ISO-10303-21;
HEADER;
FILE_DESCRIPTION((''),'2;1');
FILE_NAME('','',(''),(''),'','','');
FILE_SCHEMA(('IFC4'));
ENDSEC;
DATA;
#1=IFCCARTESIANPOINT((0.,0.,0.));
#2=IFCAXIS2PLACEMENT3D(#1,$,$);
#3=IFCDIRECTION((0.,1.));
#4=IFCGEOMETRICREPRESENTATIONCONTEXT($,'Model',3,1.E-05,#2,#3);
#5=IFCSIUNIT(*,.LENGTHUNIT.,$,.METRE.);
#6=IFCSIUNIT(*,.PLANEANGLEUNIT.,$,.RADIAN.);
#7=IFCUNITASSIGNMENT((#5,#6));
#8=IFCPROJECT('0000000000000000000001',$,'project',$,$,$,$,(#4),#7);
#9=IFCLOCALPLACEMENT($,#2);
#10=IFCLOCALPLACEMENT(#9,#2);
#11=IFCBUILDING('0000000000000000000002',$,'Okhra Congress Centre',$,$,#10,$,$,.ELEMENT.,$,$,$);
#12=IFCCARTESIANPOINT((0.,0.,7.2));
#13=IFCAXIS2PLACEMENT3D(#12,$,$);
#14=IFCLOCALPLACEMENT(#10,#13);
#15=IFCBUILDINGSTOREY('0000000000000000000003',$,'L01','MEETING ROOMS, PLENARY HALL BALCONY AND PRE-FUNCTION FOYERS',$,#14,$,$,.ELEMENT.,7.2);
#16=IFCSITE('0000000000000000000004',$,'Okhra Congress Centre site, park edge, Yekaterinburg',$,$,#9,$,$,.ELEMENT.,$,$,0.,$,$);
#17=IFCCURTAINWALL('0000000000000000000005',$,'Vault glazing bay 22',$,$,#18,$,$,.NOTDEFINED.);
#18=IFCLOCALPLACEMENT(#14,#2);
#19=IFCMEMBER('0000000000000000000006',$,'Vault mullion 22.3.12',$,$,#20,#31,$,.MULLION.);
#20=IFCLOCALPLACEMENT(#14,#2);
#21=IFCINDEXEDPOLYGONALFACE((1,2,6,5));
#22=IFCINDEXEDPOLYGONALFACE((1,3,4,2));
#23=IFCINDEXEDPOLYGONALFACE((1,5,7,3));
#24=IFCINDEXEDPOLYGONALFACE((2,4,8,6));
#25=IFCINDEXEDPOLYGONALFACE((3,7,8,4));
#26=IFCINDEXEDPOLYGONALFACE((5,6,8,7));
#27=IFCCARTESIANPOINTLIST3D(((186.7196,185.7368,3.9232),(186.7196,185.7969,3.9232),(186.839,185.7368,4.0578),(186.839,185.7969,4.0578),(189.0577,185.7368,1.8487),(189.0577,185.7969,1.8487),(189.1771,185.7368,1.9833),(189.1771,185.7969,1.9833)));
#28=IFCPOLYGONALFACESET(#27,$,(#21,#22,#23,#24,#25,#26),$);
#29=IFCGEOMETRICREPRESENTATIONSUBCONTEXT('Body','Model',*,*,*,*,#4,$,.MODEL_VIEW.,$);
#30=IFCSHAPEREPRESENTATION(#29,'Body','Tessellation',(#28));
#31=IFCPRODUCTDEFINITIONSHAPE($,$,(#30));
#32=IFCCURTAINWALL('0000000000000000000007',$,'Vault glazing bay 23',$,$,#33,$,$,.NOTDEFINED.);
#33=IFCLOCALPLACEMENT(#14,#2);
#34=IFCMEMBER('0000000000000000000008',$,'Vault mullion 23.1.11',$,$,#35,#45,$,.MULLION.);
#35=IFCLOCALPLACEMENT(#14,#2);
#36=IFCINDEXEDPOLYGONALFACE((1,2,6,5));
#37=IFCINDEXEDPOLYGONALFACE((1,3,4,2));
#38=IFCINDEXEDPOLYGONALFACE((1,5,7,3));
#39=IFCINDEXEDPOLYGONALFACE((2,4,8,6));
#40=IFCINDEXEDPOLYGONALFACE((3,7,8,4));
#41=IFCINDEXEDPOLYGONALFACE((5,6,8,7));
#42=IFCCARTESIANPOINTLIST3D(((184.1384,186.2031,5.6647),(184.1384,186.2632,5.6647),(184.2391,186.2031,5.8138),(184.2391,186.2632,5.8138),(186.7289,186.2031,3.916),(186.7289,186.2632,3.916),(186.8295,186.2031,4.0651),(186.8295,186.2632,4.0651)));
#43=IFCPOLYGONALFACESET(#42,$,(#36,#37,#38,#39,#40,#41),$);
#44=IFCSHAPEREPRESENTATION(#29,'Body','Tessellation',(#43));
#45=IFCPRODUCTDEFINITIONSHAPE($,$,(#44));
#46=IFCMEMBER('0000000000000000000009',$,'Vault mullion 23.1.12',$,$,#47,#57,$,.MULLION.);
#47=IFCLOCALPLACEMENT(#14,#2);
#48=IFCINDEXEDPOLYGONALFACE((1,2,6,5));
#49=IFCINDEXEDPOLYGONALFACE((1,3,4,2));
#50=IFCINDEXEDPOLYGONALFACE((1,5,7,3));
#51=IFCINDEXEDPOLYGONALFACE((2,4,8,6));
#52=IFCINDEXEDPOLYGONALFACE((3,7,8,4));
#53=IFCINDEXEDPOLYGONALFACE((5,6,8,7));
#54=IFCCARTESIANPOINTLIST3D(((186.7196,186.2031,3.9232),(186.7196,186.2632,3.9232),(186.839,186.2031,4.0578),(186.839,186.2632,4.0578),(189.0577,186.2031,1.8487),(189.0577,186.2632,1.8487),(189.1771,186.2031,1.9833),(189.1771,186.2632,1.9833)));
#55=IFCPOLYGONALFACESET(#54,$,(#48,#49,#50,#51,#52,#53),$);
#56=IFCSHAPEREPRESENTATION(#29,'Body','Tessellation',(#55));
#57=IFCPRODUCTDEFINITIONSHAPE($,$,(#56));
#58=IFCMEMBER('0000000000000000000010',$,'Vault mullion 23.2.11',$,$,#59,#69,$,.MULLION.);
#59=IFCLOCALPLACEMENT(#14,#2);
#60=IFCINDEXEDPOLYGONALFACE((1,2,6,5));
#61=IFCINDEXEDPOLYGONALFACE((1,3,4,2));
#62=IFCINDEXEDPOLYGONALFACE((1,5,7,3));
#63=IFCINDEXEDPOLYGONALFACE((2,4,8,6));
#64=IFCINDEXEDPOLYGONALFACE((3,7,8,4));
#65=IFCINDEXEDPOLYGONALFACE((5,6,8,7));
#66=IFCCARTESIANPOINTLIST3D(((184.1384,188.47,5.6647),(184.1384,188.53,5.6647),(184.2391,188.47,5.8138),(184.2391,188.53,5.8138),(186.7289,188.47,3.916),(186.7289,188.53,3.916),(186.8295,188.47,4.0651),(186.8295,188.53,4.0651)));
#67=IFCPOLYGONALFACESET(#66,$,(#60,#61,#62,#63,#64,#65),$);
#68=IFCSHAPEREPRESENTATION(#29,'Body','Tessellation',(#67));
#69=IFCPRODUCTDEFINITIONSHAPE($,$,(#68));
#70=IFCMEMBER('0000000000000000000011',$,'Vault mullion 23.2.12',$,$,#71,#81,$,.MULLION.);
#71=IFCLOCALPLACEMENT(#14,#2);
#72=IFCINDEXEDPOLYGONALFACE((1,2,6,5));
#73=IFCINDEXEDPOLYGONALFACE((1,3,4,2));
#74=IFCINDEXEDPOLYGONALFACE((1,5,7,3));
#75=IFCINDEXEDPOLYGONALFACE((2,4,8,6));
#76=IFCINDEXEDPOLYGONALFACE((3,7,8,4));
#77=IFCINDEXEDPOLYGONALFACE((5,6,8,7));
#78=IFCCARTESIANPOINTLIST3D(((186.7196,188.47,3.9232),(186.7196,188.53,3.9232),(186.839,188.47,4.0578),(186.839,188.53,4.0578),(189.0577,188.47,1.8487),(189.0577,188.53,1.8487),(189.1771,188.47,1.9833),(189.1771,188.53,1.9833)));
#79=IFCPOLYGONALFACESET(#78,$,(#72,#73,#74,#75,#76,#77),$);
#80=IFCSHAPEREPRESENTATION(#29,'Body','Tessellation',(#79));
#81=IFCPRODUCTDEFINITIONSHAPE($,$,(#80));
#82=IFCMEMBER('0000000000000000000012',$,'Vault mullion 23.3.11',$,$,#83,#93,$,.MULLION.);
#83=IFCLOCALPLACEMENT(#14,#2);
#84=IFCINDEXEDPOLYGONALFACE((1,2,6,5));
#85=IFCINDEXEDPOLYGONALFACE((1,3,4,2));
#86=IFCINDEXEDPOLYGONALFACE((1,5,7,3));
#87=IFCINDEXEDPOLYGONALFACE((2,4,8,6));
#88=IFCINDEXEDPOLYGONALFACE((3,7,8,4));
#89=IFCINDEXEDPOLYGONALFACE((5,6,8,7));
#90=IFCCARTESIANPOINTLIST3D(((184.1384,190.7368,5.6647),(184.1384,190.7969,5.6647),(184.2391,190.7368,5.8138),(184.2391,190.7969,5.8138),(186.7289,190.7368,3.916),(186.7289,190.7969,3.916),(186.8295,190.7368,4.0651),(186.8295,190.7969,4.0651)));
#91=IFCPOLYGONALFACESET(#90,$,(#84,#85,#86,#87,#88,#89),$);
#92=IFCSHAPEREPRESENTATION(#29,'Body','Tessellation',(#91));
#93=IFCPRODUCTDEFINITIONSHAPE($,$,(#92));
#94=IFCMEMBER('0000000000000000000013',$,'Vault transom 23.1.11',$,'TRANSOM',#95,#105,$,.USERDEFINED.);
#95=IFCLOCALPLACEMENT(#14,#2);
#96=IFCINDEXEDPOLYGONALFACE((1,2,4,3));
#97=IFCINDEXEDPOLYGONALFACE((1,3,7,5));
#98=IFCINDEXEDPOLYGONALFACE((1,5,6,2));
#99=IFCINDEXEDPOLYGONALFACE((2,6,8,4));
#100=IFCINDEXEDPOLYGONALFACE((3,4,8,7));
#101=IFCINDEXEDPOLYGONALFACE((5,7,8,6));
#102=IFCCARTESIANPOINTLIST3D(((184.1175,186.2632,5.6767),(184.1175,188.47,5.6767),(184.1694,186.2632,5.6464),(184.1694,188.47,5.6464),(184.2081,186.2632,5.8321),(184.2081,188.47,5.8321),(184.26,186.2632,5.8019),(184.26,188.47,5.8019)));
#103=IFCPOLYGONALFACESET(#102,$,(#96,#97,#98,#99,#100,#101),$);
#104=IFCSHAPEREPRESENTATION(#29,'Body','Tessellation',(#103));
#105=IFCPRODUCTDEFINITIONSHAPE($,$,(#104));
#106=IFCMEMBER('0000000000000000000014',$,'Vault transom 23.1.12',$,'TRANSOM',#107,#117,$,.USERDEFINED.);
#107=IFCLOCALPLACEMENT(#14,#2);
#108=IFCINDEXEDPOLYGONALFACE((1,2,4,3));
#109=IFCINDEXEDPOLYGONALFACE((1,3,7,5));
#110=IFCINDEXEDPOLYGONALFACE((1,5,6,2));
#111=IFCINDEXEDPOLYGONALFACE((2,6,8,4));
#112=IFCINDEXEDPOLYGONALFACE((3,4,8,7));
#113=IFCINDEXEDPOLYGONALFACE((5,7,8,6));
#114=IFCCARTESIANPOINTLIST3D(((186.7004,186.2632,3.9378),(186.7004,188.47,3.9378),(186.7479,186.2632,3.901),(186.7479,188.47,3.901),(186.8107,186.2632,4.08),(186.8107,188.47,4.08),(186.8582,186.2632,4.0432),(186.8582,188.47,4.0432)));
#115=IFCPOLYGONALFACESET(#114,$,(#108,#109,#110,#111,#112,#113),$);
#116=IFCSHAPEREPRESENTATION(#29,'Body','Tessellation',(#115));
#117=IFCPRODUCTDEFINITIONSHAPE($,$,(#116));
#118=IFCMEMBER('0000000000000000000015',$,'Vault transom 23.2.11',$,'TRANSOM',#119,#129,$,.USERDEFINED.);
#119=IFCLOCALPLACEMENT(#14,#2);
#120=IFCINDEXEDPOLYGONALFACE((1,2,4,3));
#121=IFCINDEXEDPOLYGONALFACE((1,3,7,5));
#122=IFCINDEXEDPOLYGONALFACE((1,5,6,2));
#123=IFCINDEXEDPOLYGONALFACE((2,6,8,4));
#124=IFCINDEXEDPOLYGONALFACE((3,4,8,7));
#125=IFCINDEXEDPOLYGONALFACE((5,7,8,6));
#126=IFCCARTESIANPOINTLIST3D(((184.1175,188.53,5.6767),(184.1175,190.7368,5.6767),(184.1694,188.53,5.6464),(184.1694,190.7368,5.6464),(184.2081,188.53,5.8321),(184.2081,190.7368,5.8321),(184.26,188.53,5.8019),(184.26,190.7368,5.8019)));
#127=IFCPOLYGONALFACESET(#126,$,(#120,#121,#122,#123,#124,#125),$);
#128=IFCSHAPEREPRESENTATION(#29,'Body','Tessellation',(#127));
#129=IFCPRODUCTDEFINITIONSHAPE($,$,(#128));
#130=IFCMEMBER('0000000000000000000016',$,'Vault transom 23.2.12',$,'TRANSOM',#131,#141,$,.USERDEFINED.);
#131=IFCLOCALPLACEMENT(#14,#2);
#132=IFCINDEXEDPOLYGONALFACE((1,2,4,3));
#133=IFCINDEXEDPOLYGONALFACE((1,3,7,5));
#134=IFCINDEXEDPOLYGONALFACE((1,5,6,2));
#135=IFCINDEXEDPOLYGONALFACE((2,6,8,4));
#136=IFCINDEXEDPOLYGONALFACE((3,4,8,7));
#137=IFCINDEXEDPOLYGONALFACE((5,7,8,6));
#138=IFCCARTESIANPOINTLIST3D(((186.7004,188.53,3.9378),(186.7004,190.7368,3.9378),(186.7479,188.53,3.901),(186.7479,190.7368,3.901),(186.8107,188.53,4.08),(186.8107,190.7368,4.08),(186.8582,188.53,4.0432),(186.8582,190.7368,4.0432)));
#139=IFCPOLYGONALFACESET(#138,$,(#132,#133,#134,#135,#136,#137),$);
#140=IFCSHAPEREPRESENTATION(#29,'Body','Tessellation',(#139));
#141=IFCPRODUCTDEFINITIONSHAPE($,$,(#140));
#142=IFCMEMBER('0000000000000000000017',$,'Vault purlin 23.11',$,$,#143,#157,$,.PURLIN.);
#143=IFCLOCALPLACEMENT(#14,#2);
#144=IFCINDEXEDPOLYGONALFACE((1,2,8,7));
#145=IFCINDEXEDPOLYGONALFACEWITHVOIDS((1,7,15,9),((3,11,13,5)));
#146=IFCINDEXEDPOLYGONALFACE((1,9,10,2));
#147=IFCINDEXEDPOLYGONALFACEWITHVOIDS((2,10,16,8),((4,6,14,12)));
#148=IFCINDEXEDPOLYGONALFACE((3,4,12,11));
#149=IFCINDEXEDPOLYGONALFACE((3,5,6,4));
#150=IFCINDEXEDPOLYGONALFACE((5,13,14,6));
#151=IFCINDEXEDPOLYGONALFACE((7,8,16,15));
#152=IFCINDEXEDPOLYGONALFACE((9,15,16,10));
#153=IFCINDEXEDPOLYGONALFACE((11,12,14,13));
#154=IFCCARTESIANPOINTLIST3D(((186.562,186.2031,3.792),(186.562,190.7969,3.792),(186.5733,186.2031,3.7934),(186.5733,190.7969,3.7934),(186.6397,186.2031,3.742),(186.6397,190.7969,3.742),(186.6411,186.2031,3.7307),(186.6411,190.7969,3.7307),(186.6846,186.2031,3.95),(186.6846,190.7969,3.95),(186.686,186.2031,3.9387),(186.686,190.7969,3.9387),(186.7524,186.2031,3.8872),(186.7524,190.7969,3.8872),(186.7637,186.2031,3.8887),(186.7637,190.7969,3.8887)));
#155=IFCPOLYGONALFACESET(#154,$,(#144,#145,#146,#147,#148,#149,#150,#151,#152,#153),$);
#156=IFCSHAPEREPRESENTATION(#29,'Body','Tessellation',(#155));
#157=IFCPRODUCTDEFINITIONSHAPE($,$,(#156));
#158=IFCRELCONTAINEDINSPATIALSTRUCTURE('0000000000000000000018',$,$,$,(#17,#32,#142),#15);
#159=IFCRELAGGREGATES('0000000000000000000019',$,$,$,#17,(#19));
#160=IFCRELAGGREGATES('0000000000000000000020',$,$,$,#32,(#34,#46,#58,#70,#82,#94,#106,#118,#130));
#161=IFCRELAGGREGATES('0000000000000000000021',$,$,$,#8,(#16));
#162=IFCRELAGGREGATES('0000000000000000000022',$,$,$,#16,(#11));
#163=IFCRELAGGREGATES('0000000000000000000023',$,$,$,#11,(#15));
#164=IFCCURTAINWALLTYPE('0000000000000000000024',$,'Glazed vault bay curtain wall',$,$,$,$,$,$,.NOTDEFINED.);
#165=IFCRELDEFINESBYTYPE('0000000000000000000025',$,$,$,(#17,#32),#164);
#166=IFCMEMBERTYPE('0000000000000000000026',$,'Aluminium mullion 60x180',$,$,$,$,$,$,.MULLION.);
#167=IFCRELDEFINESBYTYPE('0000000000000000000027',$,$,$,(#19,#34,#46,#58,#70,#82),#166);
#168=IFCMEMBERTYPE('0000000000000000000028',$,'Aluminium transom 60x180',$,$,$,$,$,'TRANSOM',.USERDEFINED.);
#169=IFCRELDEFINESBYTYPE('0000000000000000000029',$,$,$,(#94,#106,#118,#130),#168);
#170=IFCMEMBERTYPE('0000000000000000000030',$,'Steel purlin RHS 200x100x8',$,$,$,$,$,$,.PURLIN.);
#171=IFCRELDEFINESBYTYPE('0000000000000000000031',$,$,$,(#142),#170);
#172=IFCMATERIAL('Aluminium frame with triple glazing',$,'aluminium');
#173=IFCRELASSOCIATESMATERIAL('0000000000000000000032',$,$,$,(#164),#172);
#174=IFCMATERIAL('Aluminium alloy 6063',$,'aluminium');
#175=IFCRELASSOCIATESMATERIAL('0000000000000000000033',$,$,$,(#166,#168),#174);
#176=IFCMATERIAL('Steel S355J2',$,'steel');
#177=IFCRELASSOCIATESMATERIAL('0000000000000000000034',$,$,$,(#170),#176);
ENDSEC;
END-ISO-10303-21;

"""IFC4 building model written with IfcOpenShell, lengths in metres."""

from ifc_helpers import new_model, si_unit, direction, frame, origin, origin_2d, place, context, subcontext, project, spatial, rectangle, hollow_rectangle, extrude, material, material_profile, profile_set, type_object, element, aggregate, save


model = new_model("IFC4")

# Units and contexts
model_context = context("Model", 3, precision=1e-05, world=origin(), true_north=direction((0.0, 1.0)))
body_context = subcontext(model_context, "Body", "Model", "MODEL_VIEW")
ifc_project = project(units=[si_unit("LENGTHUNIT", "METRE"), si_unit("PLANEANGLEUNIT", "RADIAN")], contexts=[model_context])

# Site, building, storey
site_placement = place(None, origin())
site = spatial("IfcSite", under=ifc_project, at=site_placement, Name="Okhra Congress Centre site, park edge, Yekaterinburg", CompositionType="ELEMENT", RefElevation=0.0)
building_placement = place(site_placement, origin())
building = spatial("IfcBuilding", under=site, at=building_placement, Name="Okhra Congress Centre", CompositionType="ELEMENT")
storey_placement = place(building_placement, frame((0.0, 0.0, 7.2)))
storey = spatial("IfcBuildingStorey", under=building, at=storey_placement, Name="L01", Description="MEETING ROOMS, PLENARY HALL BALCONY AND PRE-FUNCTION FOYERS", CompositionType="ELEMENT", Elevation=7.2)

# Curtain wall, member
ifc_material_1 = material(Name="Aluminium frame with triple glazing", Category="aluminium")
curtain_wall_type = type_object("IfcCurtainWallType", Name="Glazed vault bay curtain wall", PredefinedType="NOTDEFINED", material=ifc_material_1)
curtain_wall_1_placement = place(storey_placement, origin())
curtain_wall_1 = element("IfcCurtainWall", 1, at=curtain_wall_1_placement, inside=storey, type_object=curtain_wall_type, Name="Vault glazing bay 22", PredefinedType="NOTDEFINED")
ifc_material_2 = material(Name="Aluminium alloy 6063", Category="aluminium")
ifc_material_profile_1 = material_profile(ifc_material_2, rectangle(XDim=0.0601, YDim=0.1799, at=origin_2d()), Name="AL 60x180")
ifc_profile_set_1 = profile_set([ifc_material_profile_1], Name="Aluminium alloy 6063")
member_type_1 = type_object("IfcMemberType", Name="Aluminium mullion 60x180", PredefinedType="MULLION", material=ifc_profile_set_1)
member_1_placement = place(storey_placement, frame((186.7793, 185.7668, 3.9905), z_axis=(0.748025, 0.0, -0.66367), x_axis=(0.0, 1.0, 0.0)))
member_1 = element("IfcMember", 2, at=member_1_placement, type_object=member_type_1, Name="Vault mullion 22.3.12", PredefinedType="MULLION", context=body_context, shape_type="SweptSolid", body=[
    extrude(rectangle(XDim=0.0601, YDim=0.1799, at=origin_2d()), origin(), (0.0, 0.0, 1.0), 3.1257),
])
aggregate(curtain_wall_1, [member_1])

# Curtain wall, members
curtain_wall_2_placement = place(storey_placement, origin())
curtain_wall_2 = element("IfcCurtainWall", 3, at=curtain_wall_2_placement, inside=storey, type_object=curtain_wall_type, Name="Vault glazing bay 23", PredefinedType="NOTDEFINED")
member_2_placement = place(storey_placement, frame((184.1887, 186.2332, 5.7393), z_axis=(0.828828, 0.0, -0.559504), x_axis=(0.0, 1.0, 0.0)))
member_2 = element("IfcMember", 4, at=member_2_placement, type_object=member_type_1, Name="Vault mullion 23.1.11", PredefinedType="MULLION", context=body_context, shape_type="SweptSolid", body=[
    extrude(rectangle(XDim=0.0601, YDim=0.1799, at=origin_2d()), origin(), (0.0, 0.0, 1.0), 3.1255),
])
member_3_placement = place(storey_placement, frame((186.7793, 186.2332, 3.9905), z_axis=(0.748025, 0.0, -0.66367), x_axis=(0.0, 1.0, 0.0)))
member_3 = element("IfcMember", 5, at=member_3_placement, type_object=member_type_1, Name="Vault mullion 23.1.12", PredefinedType="MULLION", context=body_context, shape_type="SweptSolid", body=[
    extrude(rectangle(XDim=0.0601, YDim=0.1799, at=origin_2d()), origin(), (0.0, 0.0, 1.0), 3.1257),
])
member_4_placement = place(storey_placement, frame((184.1887, 188.5, 5.7393), z_axis=(0.828828, 0.0, -0.559504), x_axis=(0.0, 1.0, 0.0)))
member_4 = element("IfcMember", 6, at=member_4_placement, type_object=member_type_1, Name="Vault mullion 23.2.11", PredefinedType="MULLION", context=body_context, shape_type="SweptSolid", body=[
    extrude(rectangle(XDim=0.0601, YDim=0.1799, at=origin_2d()), origin(), (0.0, 0.0, 1.0), 3.1255),
])
member_5_placement = place(storey_placement, frame((186.7793, 188.5, 3.9905), z_axis=(0.748025, 0.0, -0.66367), x_axis=(0.0, 1.0, 0.0)))
member_5 = element("IfcMember", 7, at=member_5_placement, type_object=member_type_1, Name="Vault mullion 23.2.12", PredefinedType="MULLION", context=body_context, shape_type="SweptSolid", body=[
    extrude(rectangle(XDim=0.0601, YDim=0.1799, at=origin_2d()), origin(), (0.0, 0.0, 1.0), 3.1257),
])
member_6_placement = place(storey_placement, frame((184.1887, 190.7668, 5.7393), z_axis=(0.828828, 0.0, -0.559504), x_axis=(0.0, 1.0, 0.0)))
member_6 = element("IfcMember", 8, at=member_6_placement, type_object=member_type_1, Name="Vault mullion 23.3.11", PredefinedType="MULLION", context=body_context, shape_type="SweptSolid", body=[
    extrude(rectangle(XDim=0.0601, YDim=0.1799, at=origin_2d()), origin(), (0.0, 0.0, 1.0), 3.1255),
])
ifc_material_profile_2 = material_profile(ifc_material_2, rectangle(XDim=0.0601, YDim=0.1799, at=origin_2d()), Name="AL 60x180 transom")
ifc_profile_set_2 = profile_set([ifc_material_profile_2], Name="Aluminium alloy 6063")
member_type_2 = type_object("IfcMemberType", Name="Aluminium transom 60x180", ElementType="TRANSOM", PredefinedType="USERDEFINED", material=ifc_profile_set_2)
member_7_placement = place(storey_placement, frame((184.1887, 186.2632, 5.7393), z_axis=(0.0, 1.0, 0.0), x_axis=(-0.863917, 0.0, 0.503634)))
member_7 = element("IfcMember", 9, at=member_7_placement, type_object=member_type_2, Name="Vault transom 23.1.11", ObjectType="TRANSOM", PredefinedType="USERDEFINED", context=body_context, shape_type="SweptSolid", body=[
    extrude(rectangle(XDim=0.0601, YDim=0.1799, at=origin_2d()), origin(), (0.0, 0.0, 1.0), 2.2068),
])
member_8_placement = place(storey_placement, frame((186.7793, 186.2632, 3.9905), z_axis=(0.0, 1.0, 0.0), x_axis=(-0.790145, 0.0, 0.61292)))
member_8 = element("IfcMember", 10, at=member_8_placement, type_object=member_type_2, Name="Vault transom 23.1.12", ObjectType="TRANSOM", PredefinedType="USERDEFINED", context=body_context, shape_type="SweptSolid", body=[
    extrude(rectangle(XDim=0.0601, YDim=0.1799, at=origin_2d()), origin(), (0.0, 0.0, 1.0), 2.2068),
])
member_9_placement = place(storey_placement, frame((184.1887, 188.53, 5.7393), z_axis=(0.0, 1.0, 0.0), x_axis=(-0.863917, 0.0, 0.503634)))
member_9 = element("IfcMember", 11, at=member_9_placement, type_object=member_type_2, Name="Vault transom 23.2.11", ObjectType="TRANSOM", PredefinedType="USERDEFINED", context=body_context, shape_type="SweptSolid", body=[
    extrude(rectangle(XDim=0.0601, YDim=0.1799, at=origin_2d()), origin(), (0.0, 0.0, 1.0), 2.2068),
])
member_10_placement = place(storey_placement, frame((186.7793, 188.53, 3.9905), z_axis=(0.0, 1.0, 0.0), x_axis=(-0.790145, 0.0, 0.61292)))
member_10 = element("IfcMember", 12, at=member_10_placement, type_object=member_type_2, Name="Vault transom 23.2.12", ObjectType="TRANSOM", PredefinedType="USERDEFINED", context=body_context, shape_type="SweptSolid", body=[
    extrude(rectangle(XDim=0.0601, YDim=0.1799, at=origin_2d()), origin(), (0.0, 0.0, 1.0), 2.2068),
])

# Member
ifc_material_3 = material(Name="Steel S355J2", Category="steel")
ifc_material_profile_3 = material_profile(ifc_material_3, hollow_rectangle(XDim=0.1001, YDim=0.2, WallThickness=0.0081, at=origin_2d()), Name="RHS 200x100x8")
ifc_profile_set_3 = profile_set([ifc_material_profile_3], Name="Steel S355J2")
member_type_3 = type_object("IfcMemberType", Name="Steel purlin RHS 200x100x8", PredefinedType="PURLIN", material=ifc_profile_set_3)
member_11_placement = place(storey_placement, frame((186.6628, 186.2031, 3.8403), z_axis=(0.0, 1.0, 0.0), x_axis=(-0.790145, 0.0, 0.61292)))
element("IfcMember", 13, at=member_11_placement, inside=storey, type_object=member_type_3, Name="Vault purlin 23.11", PredefinedType="PURLIN", context=body_context, shape_type="SweptSolid", body=[
    extrude(hollow_rectangle(XDim=0.1001, YDim=0.2, WallThickness=0.0081, at=origin_2d()), origin(), (0.0, 0.0, 1.0), 4.5938),
])

aggregate(curtain_wall_2, [member_2, member_3, member_4, member_5, member_6, member_7, member_8, member_9, member_10])

save(model, "model.ifc")
